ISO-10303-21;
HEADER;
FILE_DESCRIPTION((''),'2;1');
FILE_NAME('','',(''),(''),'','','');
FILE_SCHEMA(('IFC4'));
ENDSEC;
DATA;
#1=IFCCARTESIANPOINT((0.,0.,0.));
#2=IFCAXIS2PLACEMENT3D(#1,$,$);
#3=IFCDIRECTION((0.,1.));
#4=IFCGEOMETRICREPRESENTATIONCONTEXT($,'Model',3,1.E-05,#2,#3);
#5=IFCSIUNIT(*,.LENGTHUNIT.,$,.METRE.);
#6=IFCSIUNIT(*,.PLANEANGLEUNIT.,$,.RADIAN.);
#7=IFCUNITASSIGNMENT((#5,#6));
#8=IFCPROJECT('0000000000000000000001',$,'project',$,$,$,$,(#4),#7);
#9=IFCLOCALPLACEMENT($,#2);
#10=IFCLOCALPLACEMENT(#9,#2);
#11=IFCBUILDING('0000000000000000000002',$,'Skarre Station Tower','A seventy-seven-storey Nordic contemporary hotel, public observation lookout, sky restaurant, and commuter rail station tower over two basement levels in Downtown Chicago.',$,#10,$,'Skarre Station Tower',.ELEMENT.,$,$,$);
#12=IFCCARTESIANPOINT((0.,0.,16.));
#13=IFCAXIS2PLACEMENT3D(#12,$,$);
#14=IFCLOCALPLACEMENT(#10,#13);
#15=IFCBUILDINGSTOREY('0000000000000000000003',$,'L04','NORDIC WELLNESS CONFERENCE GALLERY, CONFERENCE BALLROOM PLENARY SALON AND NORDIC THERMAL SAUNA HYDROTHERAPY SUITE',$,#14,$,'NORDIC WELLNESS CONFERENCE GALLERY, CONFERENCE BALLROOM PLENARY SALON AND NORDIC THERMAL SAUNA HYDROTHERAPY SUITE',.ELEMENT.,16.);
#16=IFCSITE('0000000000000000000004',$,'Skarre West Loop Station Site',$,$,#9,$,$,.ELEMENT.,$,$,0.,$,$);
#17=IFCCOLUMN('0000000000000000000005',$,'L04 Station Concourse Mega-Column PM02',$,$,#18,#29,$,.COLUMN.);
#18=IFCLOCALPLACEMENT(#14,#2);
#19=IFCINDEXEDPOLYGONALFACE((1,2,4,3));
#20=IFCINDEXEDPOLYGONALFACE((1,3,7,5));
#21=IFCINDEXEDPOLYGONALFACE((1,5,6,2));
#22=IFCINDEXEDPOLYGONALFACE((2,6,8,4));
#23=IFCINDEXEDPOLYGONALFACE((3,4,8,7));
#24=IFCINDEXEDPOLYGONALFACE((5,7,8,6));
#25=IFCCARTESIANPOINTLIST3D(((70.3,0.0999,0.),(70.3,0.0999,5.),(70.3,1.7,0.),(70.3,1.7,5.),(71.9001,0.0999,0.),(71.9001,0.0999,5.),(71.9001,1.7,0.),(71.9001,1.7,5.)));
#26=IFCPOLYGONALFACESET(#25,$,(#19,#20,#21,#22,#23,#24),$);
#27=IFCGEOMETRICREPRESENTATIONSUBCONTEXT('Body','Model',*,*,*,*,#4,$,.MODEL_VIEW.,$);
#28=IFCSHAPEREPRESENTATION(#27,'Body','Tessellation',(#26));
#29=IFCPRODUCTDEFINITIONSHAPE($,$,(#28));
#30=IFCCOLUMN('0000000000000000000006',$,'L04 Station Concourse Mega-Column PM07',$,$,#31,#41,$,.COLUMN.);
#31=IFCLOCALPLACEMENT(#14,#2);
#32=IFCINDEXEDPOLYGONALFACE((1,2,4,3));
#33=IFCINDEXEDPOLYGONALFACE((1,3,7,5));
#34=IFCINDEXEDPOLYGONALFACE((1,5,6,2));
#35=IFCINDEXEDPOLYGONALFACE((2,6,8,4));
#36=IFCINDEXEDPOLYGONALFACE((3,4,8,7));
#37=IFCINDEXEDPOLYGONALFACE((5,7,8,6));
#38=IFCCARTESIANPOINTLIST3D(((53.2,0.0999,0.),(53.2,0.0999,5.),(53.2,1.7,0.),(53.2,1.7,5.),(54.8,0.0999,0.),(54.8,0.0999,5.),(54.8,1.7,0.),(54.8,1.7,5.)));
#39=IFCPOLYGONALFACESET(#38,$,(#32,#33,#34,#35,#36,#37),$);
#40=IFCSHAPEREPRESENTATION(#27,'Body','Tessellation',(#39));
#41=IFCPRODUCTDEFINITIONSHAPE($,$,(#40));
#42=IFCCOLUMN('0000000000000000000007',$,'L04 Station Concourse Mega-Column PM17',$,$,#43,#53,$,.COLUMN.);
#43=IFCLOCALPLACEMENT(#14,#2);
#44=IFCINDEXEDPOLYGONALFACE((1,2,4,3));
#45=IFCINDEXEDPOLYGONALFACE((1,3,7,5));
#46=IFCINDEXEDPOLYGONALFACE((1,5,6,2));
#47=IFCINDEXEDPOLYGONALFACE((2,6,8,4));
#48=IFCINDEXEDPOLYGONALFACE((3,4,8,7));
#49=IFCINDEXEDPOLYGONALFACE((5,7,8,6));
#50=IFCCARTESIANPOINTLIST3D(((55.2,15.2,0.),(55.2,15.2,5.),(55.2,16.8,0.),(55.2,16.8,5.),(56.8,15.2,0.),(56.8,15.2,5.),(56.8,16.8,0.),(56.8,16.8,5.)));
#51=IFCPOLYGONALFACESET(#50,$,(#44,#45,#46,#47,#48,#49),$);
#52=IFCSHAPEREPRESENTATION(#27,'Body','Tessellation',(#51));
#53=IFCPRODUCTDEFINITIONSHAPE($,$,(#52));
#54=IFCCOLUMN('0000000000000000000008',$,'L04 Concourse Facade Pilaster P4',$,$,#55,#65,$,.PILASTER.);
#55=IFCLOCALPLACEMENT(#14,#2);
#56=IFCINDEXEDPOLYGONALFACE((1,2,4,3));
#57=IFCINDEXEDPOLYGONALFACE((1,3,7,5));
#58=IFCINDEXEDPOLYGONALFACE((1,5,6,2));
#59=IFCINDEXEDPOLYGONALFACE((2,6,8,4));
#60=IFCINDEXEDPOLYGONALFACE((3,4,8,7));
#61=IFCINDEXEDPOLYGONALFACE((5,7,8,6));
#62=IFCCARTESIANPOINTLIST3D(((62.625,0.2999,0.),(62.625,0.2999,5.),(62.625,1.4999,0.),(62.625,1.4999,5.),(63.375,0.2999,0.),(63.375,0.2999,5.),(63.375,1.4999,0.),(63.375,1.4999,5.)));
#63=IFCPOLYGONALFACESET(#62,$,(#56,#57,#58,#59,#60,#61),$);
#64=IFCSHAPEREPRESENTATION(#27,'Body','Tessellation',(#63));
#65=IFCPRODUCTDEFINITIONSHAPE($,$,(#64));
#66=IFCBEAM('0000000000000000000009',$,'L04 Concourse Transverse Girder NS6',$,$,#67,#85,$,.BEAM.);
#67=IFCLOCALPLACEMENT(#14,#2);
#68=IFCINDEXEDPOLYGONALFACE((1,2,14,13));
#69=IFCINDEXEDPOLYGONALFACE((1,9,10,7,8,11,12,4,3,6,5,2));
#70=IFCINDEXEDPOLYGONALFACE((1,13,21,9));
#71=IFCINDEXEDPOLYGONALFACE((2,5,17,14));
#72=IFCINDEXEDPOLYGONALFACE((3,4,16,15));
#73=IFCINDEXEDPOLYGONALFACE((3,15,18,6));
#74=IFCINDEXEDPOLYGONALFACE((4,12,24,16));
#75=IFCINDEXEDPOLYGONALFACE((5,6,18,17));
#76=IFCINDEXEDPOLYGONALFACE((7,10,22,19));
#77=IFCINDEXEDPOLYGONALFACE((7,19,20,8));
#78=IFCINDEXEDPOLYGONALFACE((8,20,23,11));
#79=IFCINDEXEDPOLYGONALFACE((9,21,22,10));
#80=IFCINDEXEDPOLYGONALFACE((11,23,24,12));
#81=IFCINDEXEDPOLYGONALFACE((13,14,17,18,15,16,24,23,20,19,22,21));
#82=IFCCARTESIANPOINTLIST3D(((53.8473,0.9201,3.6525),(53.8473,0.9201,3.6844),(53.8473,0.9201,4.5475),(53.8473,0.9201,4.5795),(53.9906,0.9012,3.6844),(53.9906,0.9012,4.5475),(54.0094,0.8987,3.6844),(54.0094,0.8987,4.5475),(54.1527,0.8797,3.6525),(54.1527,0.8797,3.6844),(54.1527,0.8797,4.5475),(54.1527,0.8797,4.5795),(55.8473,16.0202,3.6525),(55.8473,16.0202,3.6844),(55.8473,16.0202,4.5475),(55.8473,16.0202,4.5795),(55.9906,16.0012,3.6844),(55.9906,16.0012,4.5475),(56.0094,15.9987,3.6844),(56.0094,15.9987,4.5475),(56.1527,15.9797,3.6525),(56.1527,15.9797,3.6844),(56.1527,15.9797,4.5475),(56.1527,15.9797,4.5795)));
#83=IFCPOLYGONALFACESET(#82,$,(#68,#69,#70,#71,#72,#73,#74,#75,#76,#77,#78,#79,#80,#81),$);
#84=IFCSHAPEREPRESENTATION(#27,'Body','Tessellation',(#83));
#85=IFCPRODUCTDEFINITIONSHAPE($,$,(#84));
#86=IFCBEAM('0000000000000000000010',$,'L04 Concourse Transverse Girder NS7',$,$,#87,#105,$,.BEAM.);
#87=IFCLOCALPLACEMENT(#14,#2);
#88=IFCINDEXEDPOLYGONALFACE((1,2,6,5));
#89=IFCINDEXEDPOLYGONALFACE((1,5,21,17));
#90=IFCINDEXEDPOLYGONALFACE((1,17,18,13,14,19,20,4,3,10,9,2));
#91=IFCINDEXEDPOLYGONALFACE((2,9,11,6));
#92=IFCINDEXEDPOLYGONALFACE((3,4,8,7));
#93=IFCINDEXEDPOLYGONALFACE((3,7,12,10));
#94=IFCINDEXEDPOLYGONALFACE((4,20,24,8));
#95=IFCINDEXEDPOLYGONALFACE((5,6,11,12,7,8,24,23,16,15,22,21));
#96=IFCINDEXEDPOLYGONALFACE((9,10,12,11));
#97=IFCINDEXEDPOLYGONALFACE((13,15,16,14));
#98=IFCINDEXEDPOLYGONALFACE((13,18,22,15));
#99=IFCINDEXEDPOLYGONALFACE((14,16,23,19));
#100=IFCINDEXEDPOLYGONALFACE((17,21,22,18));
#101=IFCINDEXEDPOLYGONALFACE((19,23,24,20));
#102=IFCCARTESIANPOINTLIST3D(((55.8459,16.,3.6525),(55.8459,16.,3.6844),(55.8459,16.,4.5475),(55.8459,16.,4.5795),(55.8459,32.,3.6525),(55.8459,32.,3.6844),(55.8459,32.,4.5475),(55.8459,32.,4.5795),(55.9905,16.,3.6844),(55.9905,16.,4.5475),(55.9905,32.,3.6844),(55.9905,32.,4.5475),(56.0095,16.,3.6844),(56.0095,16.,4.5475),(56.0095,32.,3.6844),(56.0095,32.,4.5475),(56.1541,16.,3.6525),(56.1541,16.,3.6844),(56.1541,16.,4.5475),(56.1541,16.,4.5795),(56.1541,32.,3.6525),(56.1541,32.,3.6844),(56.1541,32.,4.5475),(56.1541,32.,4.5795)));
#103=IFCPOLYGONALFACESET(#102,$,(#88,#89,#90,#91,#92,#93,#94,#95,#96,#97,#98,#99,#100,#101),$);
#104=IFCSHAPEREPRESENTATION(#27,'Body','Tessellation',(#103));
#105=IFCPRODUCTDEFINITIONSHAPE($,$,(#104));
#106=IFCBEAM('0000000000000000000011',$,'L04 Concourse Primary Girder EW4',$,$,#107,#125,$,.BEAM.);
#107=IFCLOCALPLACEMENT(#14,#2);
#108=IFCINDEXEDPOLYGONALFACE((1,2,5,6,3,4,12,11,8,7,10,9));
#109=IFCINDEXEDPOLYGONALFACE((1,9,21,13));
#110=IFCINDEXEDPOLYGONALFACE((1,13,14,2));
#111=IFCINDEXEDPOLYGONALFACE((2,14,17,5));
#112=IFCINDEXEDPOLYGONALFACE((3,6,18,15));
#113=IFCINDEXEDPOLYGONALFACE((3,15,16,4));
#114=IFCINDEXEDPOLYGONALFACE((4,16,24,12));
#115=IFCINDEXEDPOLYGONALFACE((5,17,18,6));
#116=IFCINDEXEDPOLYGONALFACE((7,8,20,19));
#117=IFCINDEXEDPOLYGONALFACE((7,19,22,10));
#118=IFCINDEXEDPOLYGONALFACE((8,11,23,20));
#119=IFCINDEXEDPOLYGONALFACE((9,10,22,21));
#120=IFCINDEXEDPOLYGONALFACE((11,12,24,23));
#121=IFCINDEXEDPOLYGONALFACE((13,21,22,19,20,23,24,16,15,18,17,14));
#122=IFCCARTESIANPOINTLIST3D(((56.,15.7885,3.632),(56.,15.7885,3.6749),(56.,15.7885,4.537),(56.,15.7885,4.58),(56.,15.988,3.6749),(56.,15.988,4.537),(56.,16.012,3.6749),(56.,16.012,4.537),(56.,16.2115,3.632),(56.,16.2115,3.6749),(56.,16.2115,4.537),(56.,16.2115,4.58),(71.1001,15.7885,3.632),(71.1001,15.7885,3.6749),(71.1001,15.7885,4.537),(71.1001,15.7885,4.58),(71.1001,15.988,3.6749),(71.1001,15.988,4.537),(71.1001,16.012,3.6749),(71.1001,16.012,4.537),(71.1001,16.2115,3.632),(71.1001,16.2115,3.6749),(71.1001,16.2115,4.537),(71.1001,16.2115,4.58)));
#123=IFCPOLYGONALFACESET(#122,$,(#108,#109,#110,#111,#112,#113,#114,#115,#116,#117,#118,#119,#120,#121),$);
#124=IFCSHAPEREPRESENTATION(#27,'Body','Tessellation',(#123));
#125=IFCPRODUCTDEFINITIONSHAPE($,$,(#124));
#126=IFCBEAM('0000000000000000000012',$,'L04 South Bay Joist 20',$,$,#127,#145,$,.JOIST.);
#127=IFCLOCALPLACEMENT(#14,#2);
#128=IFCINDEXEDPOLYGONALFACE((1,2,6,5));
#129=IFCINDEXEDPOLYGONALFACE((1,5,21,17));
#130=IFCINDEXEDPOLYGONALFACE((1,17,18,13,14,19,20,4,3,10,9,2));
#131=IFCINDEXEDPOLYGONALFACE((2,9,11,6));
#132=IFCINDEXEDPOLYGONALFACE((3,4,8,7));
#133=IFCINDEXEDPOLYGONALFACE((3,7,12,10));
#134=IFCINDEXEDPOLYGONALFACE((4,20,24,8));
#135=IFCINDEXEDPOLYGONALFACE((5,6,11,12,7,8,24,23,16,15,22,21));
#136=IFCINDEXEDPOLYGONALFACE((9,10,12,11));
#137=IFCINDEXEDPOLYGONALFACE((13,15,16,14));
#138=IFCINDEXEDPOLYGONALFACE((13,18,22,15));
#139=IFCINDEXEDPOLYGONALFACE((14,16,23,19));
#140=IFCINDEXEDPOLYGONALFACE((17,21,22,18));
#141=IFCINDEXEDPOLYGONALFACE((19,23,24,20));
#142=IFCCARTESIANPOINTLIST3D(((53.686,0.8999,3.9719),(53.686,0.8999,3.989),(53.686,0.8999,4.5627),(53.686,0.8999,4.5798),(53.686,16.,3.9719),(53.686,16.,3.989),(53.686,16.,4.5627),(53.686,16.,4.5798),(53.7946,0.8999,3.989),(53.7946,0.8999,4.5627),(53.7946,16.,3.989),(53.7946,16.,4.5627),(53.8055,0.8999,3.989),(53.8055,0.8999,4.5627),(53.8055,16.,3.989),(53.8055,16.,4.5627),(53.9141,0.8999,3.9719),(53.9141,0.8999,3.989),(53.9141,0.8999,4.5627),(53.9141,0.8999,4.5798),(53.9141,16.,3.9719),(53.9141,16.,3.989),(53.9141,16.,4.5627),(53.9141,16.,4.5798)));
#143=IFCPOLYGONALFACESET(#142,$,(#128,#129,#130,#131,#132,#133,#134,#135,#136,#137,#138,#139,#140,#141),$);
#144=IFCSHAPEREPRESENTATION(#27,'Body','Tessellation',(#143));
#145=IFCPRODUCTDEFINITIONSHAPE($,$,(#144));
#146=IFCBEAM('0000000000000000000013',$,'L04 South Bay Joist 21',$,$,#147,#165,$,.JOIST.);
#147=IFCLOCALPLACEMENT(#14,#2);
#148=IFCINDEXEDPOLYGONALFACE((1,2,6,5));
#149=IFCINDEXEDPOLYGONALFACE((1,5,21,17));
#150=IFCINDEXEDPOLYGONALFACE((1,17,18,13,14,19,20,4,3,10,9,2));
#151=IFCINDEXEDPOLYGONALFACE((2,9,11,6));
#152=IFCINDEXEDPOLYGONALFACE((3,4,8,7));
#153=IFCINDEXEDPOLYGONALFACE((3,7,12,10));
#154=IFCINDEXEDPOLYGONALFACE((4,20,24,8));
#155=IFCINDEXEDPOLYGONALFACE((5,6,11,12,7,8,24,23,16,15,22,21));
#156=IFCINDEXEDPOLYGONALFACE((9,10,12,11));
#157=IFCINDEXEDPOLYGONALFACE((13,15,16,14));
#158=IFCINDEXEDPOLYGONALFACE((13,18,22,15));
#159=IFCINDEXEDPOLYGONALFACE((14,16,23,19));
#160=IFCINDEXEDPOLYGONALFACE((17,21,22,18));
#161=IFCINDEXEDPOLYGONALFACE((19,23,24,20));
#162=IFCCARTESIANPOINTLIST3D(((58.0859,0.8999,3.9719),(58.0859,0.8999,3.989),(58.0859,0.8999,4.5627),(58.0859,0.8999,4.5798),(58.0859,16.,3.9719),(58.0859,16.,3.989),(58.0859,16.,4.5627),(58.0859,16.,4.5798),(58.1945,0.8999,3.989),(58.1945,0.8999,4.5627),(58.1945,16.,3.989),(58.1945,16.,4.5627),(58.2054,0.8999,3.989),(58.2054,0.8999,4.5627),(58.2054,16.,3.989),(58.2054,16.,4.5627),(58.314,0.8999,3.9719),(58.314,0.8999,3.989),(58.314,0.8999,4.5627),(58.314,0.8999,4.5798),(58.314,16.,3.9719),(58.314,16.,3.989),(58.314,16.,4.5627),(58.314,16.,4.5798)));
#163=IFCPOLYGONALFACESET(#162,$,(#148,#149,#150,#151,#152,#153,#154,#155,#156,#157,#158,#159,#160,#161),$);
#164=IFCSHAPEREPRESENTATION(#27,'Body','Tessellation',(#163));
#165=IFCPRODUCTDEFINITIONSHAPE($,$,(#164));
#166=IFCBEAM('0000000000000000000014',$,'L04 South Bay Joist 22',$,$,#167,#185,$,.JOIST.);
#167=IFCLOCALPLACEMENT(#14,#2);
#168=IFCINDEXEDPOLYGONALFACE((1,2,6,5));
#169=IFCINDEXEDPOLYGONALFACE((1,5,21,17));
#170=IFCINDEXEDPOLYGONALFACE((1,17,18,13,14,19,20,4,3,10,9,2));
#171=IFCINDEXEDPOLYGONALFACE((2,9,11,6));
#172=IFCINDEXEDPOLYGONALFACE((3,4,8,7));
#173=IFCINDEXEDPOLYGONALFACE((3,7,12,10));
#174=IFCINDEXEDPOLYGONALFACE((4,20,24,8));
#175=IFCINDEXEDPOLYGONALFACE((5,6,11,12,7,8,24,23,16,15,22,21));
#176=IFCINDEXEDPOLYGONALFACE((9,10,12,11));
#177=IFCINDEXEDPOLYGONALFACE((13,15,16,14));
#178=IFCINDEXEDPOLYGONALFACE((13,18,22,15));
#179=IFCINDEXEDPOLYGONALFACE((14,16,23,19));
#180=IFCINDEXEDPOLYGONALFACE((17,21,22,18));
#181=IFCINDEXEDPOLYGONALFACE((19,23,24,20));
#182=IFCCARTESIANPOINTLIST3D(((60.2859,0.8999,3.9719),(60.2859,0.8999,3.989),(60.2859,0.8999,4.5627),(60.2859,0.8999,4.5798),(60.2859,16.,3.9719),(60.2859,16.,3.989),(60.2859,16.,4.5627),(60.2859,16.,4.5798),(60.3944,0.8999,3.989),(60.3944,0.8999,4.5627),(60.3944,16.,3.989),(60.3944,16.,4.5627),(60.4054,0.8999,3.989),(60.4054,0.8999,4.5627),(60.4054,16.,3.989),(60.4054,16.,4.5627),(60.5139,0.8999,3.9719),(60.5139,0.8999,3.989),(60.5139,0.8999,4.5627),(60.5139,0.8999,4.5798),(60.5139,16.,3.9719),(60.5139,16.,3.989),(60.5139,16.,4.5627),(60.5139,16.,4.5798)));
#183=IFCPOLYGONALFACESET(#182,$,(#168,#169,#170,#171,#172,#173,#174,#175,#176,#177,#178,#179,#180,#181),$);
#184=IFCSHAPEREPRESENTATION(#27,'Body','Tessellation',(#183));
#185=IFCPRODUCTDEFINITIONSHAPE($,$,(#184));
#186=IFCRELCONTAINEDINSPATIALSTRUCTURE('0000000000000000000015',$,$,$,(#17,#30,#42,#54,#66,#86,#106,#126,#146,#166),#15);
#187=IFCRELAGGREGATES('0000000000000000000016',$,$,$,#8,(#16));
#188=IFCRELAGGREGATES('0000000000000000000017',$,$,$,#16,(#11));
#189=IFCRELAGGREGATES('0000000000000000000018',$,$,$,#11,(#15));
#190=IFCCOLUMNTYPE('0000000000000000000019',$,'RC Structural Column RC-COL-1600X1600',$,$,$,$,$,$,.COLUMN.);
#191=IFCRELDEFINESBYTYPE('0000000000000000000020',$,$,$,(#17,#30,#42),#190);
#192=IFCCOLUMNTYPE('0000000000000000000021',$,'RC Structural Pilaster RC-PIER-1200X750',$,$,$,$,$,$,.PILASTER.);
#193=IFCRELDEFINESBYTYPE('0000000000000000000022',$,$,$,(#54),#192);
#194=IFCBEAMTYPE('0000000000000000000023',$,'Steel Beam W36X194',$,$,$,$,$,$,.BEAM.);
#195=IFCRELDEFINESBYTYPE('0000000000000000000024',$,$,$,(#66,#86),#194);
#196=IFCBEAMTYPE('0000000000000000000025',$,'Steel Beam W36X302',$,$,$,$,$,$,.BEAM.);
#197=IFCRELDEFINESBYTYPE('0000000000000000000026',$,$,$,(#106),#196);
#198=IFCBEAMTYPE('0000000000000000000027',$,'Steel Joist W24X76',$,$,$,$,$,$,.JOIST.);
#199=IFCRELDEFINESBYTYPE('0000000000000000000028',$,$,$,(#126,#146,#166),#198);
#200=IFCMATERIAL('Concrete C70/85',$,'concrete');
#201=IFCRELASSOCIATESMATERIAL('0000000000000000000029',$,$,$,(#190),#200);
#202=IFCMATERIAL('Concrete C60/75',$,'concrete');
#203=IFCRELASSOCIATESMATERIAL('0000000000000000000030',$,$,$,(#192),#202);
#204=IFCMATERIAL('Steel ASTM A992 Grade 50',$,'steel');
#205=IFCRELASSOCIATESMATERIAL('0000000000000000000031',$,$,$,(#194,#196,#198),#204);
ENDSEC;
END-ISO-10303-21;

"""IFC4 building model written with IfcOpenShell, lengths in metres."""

from ifc_helpers import new_model, si_unit, direction, frame, origin, origin_2d, place, context, subcontext, project, spatial, rectangle, i_section, extrude, material, material_profile, profile_set, type_object, element, save


model = new_model("IFC4")

# Units and contexts
model_context = context("Model", 3, precision=1e-05, world=origin(), true_north=direction((0.0, 1.0)))
body_context = subcontext(model_context, "Body", "Model", "MODEL_VIEW")
ifc_project = project(units=[si_unit("LENGTHUNIT", "METRE"), si_unit("PLANEANGLEUNIT", "RADIAN")], contexts=[model_context])

# Site, building, storey
site_placement = place(None, origin())
site = spatial("IfcSite", under=ifc_project, at=site_placement, Name="Skarre West Loop Station Site", CompositionType="ELEMENT", RefElevation=0.0)
building_placement = place(site_placement, origin())
building = spatial("IfcBuilding", under=site, at=building_placement, Name="Skarre Station Tower", Description="A seventy-seven-storey Nordic contemporary hotel, public observation lookout, sky restaurant, and commuter rail station tower over two basement levels in Downtown Chicago.", LongName="Skarre Station Tower", CompositionType="ELEMENT")
storey_placement = place(building_placement, frame((0.0, 0.0, 16.0)))
storey = spatial("IfcBuildingStorey", under=building, at=storey_placement, Name="L04", Description="NORDIC WELLNESS CONFERENCE GALLERY, CONFERENCE BALLROOM PLENARY SALON AND NORDIC THERMAL SAUNA HYDROTHERAPY SUITE", LongName="NORDIC WELLNESS CONFERENCE GALLERY, CONFERENCE BALLROOM PLENARY SALON AND NORDIC THERMAL SAUNA HYDROTHERAPY SUITE", CompositionType="ELEMENT", Elevation=16.0)

# Columns
ifc_material_1 = material(Name="Concrete C70/85", Category="concrete")
ifc_material_profile_1 = material_profile(ifc_material_1, rectangle(XDim=1.6001, YDim=1.6001, at=origin_2d()), Name="Concrete C70/85")
ifc_profile_set_1 = profile_set([ifc_material_profile_1], Name="Concrete C70/85")
column_type_1 = type_object("IfcColumnType", Name="RC Structural Column RC-COL-1600X1600", PredefinedType="COLUMN", material=ifc_profile_set_1)
for number, where, z_axis, x_axis, name in (
    (1, (71.1001, 0.8999, 0.0), (0.0, 0.0, 1.0), (1.0, 0.0, 0.0), "L04 Station Concourse Mega-Column PM02"),
    (2, (54.0, 0.8999, 0.0), (0.0, 0.0, 1.0), (1.0, 0.0, 0.0), "L04 Station Concourse Mega-Column PM07"),
    (3, (56.0, 16.0, 0.0), (0.0, 0.0, 1.0), (1.0, 0.0, 0.0), "L04 Station Concourse Mega-Column PM17"),
):
    element("IfcColumn", number, at=place(storey_placement, frame(where, z_axis=z_axis, x_axis=x_axis)), inside=storey, type_object=column_type_1, Name=name, PredefinedType="COLUMN", context=body_context, shape_type="SweptSolid", body=[
        extrude(rectangle(XDim=1.6001, YDim=1.6001, at=origin_2d()), origin(), (0.0, 0.0, 1.0), 5.0),
    ])
ifc_material_2 = material(Name="Concrete C60/75", Category="concrete")
ifc_material_profile_2 = material_profile(ifc_material_2, rectangle(XDim=0.75, YDim=1.2, at=origin_2d()), Name="Concrete C60/75")
ifc_profile_set_2 = profile_set([ifc_material_profile_2], Name="Concrete C60/75")
column_type_2 = type_object("IfcColumnType", Name="RC Structural Pilaster RC-PIER-1200X750", PredefinedType="PILASTER", material=ifc_profile_set_2)
column_placement = place(storey_placement, frame((63.0, 0.8999, 0.0), z_axis=(0.0, 0.0, 1.0), x_axis=(1.0, 0.0, 0.0)))
element("IfcColumn", 4, at=column_placement, inside=storey, type_object=column_type_2, Name="L04 Concourse Facade Pilaster P4", PredefinedType="PILASTER", context=body_context, shape_type="SweptSolid", body=[
    extrude(rectangle(XDim=0.75, YDim=1.2, at=origin_2d()), origin(), (0.0, 0.0, 1.0), 5.0),
])

# Beams
ifc_material_3 = material(Name="Steel ASTM A992 Grade 50", Category="steel")
ifc_material_profile_3 = material_profile(ifc_material_3, i_section(OverallWidth=0.3081, OverallDepth=0.927, WebThickness=0.019, FlangeThickness=0.032, at=origin_2d()), Name="Steel ASTM A992 Grade 50")
ifc_profile_set_3 = profile_set([ifc_material_profile_3], Name="Steel ASTM A992 Grade 50")
beam_type_1 = type_object("IfcBeamType", Name="Steel Beam W36X194", PredefinedType="BEAM", material=ifc_profile_set_3)
beam_1_placement = place(storey_placement, frame((54.0, 0.8999, 4.116), z_axis=(0.131303, 0.991342, 0.0), x_axis=(-0.991342, 0.131303, 0.0)))
element("IfcBeam", 5, at=beam_1_placement, inside=storey, type_object=beam_type_1, Name="L04 Concourse Transverse Girder NS6", PredefinedType="BEAM", context=body_context, shape_type="SweptSolid", body=[
    extrude(i_section(OverallWidth=0.3081, OverallDepth=0.927, WebThickness=0.019, FlangeThickness=0.032, at=origin_2d()), origin(), (0.0, 0.0, 1.0), 15.2319),
])
beam_2_placement = place(storey_placement, frame((56.0, 16.0, 4.116), z_axis=(0.0, 1.0, 0.0), x_axis=(-1.0, 0.0, 0.0)))
element("IfcBeam", 6, at=beam_2_placement, inside=storey, type_object=beam_type_1, Name="L04 Concourse Transverse Girder NS7", PredefinedType="BEAM", context=body_context, shape_type="SweptSolid", body=[
    extrude(i_section(OverallWidth=0.3081, OverallDepth=0.927, WebThickness=0.019, FlangeThickness=0.032, at=origin_2d()), origin(), (0.0, 0.0, 1.0), 16.0),
])
ifc_material_profile_4 = material_profile(ifc_material_3, i_section(OverallWidth=0.4231, OverallDepth=0.948, WebThickness=0.0239, FlangeThickness=0.043, at=origin_2d()), Name="Steel ASTM A992 Grade 50")
ifc_profile_set_4 = profile_set([ifc_material_profile_4], Name="Steel ASTM A992 Grade 50")
beam_type_2 = type_object("IfcBeamType", Name="Steel Beam W36X302", PredefinedType="BEAM", material=ifc_profile_set_4)
beam_3_placement = place(storey_placement, frame((56.0, 16.0, 4.106), z_axis=(1.0, 0.0, 0.0), x_axis=(0.0, 1.0, 0.0)))
element("IfcBeam", 7, at=beam_3_placement, inside=storey, type_object=beam_type_2, Name="L04 Concourse Primary Girder EW4", PredefinedType="BEAM", context=body_context, shape_type="SweptSolid", body=[
    extrude(i_section(OverallWidth=0.4231, OverallDepth=0.948, WebThickness=0.0239, FlangeThickness=0.043, at=origin_2d()), origin(), (0.0, 0.0, 1.0), 15.1001),
])
ifc_material_profile_5 = material_profile(ifc_material_3, i_section(OverallWidth=0.228, OverallDepth=0.6079, WebThickness=0.011, FlangeThickness=0.0171, at=origin_2d()), Name="Steel ASTM A992 Grade 50")
ifc_profile_set_5 = profile_set([ifc_material_profile_5], Name="Steel ASTM A992 Grade 50")
beam_type_3 = type_object("IfcBeamType", Name="Steel Joist W24X76", PredefinedType="JOIST", material=ifc_profile_set_5)
for number, where, z_axis, x_axis, name in (
    (8, (53.8, 0.8999, 4.2759), (0.0, 1.0, 0.0), (-1.0, 0.0, 0.0), "L04 South Bay Joist 20"),
    (9, (58.2, 0.8999, 4.2759), (0.0, 1.0, 0.0), (-1.0, 0.0, 0.0), "L04 South Bay Joist 21"),
    (10, (60.3999, 0.8999, 4.2759), (0.0, 1.0, 0.0), (-1.0, 0.0, 0.0), "L04 South Bay Joist 22"),
):
    element("IfcBeam", number, at=place(storey_placement, frame(where, z_axis=z_axis, x_axis=x_axis)), inside=storey, type_object=beam_type_3, Name=name, PredefinedType="JOIST", context=body_context, shape_type="SweptSolid", body=[
        extrude(i_section(OverallWidth=0.228, OverallDepth=0.6079, WebThickness=0.011, FlangeThickness=0.0171, at=origin_2d()), origin(), (0.0, 0.0, 1.0), 15.1001),
    ])

save(model, "model.ifc")
